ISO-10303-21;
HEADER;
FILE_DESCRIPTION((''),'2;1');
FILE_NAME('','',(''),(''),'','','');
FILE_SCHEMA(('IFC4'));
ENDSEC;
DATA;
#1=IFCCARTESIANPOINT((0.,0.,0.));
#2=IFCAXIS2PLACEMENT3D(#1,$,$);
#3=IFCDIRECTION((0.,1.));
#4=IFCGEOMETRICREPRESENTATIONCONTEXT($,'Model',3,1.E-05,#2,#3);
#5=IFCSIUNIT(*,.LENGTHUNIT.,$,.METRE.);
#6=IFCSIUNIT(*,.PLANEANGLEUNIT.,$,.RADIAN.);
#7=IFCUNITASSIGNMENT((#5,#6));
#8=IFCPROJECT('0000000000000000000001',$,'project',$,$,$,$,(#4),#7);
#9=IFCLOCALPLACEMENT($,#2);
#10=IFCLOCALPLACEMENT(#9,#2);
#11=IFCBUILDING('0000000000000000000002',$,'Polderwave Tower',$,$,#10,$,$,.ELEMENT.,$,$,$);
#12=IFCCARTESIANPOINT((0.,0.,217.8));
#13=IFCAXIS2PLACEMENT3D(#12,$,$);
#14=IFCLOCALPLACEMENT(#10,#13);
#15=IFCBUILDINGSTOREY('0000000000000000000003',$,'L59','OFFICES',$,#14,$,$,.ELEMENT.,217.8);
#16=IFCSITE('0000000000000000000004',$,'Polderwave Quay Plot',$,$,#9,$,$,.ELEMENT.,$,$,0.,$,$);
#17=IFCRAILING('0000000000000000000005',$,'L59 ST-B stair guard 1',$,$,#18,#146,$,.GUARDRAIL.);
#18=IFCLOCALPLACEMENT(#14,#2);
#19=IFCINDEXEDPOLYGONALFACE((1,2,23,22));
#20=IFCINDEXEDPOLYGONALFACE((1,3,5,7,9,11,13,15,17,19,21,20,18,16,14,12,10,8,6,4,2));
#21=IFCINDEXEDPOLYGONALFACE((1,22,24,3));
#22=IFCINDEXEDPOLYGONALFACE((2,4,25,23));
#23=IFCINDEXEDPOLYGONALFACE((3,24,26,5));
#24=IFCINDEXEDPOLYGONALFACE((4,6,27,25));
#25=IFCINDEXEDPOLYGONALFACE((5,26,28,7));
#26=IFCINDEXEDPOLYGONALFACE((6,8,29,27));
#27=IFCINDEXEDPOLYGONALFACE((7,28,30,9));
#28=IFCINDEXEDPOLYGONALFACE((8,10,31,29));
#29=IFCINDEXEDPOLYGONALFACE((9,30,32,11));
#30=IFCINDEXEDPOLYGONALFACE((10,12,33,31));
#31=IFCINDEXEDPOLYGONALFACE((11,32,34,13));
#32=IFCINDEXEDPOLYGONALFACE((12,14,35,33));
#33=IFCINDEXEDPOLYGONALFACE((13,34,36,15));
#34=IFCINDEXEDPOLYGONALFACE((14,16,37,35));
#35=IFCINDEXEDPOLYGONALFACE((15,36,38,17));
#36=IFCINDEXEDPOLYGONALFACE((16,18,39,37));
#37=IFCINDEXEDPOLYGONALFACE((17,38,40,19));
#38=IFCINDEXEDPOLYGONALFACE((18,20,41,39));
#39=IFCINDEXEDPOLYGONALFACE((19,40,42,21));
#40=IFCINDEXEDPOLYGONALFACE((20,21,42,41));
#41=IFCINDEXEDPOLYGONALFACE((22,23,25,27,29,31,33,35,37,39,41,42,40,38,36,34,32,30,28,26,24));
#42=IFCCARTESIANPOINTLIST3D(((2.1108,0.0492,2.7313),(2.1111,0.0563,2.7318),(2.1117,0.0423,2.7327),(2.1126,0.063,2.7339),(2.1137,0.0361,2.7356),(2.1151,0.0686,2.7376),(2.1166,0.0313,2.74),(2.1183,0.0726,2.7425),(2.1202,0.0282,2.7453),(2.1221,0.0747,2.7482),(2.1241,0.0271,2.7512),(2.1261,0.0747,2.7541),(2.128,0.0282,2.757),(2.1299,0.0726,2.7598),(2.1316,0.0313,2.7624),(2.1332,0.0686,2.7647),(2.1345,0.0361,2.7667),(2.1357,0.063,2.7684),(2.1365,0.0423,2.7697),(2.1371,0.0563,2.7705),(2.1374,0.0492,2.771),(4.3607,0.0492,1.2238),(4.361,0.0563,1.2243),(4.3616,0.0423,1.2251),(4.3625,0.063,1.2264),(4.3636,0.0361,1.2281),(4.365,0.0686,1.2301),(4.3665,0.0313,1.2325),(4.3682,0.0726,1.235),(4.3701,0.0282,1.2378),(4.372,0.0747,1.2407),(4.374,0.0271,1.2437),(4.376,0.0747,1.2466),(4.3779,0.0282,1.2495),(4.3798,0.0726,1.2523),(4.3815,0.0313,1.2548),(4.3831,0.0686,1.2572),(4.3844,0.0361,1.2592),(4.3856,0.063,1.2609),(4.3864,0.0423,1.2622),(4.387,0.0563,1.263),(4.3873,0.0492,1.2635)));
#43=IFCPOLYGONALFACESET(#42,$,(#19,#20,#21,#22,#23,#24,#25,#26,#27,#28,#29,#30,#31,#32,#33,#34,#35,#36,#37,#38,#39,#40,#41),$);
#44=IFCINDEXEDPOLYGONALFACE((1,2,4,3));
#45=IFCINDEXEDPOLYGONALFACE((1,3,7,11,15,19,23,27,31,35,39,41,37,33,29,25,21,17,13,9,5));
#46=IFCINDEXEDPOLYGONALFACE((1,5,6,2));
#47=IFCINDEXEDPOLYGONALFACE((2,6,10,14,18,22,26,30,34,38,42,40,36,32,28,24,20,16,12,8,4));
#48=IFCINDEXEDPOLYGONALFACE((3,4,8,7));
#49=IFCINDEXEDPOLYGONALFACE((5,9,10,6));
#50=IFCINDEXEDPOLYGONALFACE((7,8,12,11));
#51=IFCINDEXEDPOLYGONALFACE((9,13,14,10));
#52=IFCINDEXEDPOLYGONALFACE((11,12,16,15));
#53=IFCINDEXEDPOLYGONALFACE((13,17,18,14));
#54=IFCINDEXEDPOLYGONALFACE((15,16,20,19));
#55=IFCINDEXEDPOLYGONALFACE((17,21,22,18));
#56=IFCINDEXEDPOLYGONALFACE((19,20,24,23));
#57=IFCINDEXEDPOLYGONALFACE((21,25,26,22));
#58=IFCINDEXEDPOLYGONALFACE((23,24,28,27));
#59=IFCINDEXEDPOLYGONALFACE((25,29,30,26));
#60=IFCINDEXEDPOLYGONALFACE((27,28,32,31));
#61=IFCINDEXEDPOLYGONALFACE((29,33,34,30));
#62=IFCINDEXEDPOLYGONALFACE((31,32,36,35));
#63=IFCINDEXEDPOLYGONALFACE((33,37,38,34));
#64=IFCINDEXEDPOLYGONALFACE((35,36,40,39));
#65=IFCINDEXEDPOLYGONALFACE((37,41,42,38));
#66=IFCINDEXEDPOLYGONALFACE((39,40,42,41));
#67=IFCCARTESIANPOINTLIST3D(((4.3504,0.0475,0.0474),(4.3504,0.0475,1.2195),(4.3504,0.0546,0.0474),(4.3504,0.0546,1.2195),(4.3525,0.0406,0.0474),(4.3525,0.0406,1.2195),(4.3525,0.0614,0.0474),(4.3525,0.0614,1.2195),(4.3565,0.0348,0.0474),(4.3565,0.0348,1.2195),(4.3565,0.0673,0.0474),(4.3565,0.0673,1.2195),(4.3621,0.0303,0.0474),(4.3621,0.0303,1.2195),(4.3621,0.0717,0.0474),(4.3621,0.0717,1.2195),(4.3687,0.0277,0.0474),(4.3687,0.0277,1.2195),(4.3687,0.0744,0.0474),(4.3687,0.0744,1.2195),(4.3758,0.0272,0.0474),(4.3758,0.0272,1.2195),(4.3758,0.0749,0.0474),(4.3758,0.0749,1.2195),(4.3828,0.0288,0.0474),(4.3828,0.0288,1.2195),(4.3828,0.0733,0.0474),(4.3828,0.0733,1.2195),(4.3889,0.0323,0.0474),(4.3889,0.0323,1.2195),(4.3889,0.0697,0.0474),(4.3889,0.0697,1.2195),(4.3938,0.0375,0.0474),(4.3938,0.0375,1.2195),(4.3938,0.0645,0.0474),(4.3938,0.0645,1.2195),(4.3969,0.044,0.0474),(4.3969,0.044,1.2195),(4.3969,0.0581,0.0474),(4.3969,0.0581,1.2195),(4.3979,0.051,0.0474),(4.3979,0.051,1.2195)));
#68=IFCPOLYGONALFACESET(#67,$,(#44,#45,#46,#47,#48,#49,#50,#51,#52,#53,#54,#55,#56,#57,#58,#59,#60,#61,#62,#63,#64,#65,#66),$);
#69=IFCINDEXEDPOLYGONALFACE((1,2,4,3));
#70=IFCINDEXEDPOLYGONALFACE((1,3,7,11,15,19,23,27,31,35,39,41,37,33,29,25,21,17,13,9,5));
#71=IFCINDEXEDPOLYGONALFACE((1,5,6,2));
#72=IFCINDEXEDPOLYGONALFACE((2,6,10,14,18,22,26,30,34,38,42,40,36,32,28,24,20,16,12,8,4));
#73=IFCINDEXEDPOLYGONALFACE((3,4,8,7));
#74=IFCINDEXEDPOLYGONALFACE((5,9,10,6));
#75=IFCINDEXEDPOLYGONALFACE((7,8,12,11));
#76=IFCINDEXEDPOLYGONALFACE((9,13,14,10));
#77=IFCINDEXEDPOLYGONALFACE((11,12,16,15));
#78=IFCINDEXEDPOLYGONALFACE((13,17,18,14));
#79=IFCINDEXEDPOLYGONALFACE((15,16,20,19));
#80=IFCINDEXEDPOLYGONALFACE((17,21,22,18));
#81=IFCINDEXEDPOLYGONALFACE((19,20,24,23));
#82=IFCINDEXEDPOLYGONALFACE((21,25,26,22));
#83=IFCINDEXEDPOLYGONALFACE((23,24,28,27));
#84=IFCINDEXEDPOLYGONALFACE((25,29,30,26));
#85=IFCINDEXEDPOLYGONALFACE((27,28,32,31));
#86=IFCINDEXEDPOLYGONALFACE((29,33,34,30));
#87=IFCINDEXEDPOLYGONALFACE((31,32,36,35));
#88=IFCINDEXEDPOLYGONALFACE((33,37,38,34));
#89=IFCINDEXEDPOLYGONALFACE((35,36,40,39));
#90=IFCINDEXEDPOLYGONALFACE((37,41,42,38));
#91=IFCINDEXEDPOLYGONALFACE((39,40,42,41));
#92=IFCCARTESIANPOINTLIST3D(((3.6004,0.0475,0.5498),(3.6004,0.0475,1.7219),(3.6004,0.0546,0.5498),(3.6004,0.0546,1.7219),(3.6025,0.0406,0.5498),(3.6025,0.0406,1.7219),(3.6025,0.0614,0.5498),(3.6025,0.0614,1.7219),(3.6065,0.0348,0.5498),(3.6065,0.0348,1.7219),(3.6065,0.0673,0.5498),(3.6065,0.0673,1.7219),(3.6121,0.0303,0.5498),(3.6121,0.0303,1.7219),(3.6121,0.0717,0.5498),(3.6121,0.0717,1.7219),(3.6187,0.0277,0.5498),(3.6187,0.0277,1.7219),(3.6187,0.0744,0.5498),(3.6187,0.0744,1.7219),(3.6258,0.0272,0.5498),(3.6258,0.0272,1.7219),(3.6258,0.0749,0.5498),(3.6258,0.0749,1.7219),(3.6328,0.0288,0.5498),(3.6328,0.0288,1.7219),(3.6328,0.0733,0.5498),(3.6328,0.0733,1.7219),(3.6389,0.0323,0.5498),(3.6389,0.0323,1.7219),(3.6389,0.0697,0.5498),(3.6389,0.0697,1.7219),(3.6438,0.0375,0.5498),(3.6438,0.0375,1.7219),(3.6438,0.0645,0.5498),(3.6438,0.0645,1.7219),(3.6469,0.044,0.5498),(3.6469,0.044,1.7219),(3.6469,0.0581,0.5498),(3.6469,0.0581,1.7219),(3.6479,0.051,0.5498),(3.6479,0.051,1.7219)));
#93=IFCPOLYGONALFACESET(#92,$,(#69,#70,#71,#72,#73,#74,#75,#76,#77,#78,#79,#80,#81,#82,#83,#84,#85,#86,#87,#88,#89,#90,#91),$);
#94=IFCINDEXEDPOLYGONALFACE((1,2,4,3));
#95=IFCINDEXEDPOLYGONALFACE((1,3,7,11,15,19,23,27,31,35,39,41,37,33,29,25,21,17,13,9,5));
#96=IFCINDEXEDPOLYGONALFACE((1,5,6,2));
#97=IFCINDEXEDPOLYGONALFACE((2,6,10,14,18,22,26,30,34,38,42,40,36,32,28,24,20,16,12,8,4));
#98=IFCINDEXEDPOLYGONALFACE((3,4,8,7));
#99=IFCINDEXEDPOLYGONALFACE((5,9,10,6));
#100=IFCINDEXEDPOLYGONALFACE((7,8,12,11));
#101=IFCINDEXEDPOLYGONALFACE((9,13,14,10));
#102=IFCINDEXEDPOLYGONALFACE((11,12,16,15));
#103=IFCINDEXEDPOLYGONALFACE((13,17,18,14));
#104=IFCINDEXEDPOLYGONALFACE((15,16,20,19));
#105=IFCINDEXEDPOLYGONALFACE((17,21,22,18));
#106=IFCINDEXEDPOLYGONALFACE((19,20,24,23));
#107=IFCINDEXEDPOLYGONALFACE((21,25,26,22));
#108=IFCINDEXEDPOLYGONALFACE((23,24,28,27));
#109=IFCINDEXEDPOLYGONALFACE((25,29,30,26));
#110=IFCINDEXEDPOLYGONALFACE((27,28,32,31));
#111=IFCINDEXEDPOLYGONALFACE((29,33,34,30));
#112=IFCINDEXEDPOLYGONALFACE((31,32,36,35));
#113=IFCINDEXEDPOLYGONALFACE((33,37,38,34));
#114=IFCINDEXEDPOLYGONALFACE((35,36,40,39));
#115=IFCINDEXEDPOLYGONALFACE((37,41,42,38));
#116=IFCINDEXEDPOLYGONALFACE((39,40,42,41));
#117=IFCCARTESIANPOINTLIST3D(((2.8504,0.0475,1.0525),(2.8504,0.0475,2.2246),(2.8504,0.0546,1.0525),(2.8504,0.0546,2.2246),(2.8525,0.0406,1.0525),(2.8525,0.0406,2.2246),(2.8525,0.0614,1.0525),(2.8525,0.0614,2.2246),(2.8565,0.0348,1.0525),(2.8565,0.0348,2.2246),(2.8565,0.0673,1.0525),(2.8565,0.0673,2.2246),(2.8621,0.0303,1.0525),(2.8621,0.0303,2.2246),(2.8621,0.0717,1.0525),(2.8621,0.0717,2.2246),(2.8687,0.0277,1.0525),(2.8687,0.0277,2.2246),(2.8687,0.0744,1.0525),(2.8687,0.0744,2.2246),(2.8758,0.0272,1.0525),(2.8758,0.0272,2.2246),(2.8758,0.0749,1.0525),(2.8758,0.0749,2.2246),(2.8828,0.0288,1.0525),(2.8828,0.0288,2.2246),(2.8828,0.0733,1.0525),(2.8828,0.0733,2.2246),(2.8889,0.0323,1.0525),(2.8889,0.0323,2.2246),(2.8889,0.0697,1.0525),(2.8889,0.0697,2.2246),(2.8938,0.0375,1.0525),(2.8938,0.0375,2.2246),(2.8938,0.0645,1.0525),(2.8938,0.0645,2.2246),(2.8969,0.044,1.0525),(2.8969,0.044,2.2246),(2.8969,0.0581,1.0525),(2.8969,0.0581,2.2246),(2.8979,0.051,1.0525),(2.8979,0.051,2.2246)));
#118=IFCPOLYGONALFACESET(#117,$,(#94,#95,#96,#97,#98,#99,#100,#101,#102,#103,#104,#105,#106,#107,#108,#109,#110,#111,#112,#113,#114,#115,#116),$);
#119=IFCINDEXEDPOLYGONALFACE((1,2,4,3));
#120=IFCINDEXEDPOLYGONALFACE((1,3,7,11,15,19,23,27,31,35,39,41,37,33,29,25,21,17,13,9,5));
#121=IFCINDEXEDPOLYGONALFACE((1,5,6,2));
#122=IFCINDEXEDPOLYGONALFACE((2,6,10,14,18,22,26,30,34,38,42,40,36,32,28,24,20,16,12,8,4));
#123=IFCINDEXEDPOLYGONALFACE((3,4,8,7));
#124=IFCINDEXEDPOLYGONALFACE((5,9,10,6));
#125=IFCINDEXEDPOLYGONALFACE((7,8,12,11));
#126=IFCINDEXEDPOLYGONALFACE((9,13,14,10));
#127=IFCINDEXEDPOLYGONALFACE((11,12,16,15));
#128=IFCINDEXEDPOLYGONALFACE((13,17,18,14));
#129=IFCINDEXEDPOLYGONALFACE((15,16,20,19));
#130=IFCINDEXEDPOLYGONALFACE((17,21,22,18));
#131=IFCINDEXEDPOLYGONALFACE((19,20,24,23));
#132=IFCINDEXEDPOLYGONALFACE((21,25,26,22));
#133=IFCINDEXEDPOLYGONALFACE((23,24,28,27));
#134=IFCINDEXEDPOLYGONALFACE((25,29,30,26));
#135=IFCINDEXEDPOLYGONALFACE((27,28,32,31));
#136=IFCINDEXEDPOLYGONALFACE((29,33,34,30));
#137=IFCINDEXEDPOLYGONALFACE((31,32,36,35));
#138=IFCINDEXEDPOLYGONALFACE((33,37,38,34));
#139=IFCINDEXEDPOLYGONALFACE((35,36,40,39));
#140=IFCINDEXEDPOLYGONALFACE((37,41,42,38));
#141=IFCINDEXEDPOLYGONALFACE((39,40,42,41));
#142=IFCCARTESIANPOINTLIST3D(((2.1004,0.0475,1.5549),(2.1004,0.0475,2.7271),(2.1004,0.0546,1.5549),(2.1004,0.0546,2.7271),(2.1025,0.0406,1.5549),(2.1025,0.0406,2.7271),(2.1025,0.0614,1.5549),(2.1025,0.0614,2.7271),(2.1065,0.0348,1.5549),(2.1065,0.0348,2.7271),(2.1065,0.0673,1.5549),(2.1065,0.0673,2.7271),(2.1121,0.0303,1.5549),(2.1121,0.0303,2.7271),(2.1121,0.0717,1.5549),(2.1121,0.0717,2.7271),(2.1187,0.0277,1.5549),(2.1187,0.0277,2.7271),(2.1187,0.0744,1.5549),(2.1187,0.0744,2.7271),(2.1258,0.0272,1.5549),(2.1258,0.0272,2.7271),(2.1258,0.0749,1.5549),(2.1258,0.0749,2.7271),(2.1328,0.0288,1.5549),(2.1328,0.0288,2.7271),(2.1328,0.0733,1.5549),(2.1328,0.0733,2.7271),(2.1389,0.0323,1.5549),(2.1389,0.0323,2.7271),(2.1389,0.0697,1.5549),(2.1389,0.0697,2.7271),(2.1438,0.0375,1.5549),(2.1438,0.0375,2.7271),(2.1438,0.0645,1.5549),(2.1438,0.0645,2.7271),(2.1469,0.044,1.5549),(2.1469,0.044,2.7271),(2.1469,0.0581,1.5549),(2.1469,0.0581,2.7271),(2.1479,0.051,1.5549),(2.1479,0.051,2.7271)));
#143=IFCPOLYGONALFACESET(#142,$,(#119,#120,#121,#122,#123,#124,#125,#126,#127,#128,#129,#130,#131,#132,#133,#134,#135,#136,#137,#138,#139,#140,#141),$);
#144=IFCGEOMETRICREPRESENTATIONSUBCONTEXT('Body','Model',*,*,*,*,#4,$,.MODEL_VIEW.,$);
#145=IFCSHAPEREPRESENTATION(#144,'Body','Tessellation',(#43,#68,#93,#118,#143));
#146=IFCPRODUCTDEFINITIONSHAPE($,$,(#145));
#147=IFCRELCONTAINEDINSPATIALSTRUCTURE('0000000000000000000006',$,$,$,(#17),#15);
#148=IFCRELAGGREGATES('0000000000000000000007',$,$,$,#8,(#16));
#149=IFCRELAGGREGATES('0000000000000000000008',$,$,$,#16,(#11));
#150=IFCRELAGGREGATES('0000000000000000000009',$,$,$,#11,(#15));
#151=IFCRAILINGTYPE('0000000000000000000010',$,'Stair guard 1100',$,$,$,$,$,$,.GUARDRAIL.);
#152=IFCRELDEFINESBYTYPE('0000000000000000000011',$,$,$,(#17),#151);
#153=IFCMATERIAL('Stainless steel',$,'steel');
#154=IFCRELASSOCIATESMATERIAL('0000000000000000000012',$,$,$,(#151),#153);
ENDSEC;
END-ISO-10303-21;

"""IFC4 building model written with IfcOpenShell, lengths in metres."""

from ifc_helpers import new_model, si_unit, direction, frame, origin, origin_2d, place, context, subcontext, project, spatial, circle, extrude, material, type_object, element, save


model = new_model("IFC4")

# Units and contexts
model_context = context("Model", 3, precision=1e-05, world=origin(), true_north=direction((0.0, 1.0)))
body_context = subcontext(model_context, "Body", "Model", "MODEL_VIEW")
ifc_project = project(units=[si_unit("LENGTHUNIT", "METRE"), si_unit("PLANEANGLEUNIT", "RADIAN")], contexts=[model_context])

# Site, building, storey
site_placement = place(None, origin())
site = spatial("IfcSite", under=ifc_project, at=site_placement, Name="Polderwave Quay Plot", CompositionType="ELEMENT", RefElevation=0.0)
building_placement = place(site_placement, origin())
building = spatial("IfcBuilding", under=site, at=building_placement, Name="Polderwave Tower", CompositionType="ELEMENT")
storey_placement = place(building_placement, frame((0.0, 0.0, 217.8)))
storey = spatial("IfcBuildingStorey", under=building, at=storey_placement, Name="L59", Description="OFFICES", CompositionType="ELEMENT", Elevation=217.8)

# Railing
ifc_material_1 = material(Name="Stainless steel", Category="steel")
railing_type_1 = type_object("IfcRailingType", Name="Stair guard 1100", PredefinedType="GUARDRAIL", material=ifc_material_1)
railing_1_placement = place(storey_placement, frame((4.374, 0.051, 0.0474)))
element("IfcRailing", 1, at=railing_1_placement, inside=storey, type_object=railing_type_1, Name="L59 ST-B stair guard 1", PredefinedType="GUARDRAIL", context=body_context, shape_type="SweptSolid", body=[
    extrude(circle(Radius=0.0239, at=origin_2d()), frame((0.0, 0.0, 1.1963), z_axis=(-0.830758, 0.0, 0.556633), x_axis=(0.0, -1.0, 0.0)), (0.0, 0.0, 1.0), 2.7083),
    extrude(circle(Radius=0.0239, at=origin_2d()), origin(), (0.0, 0.0, 1.0), 1.1721),
    extrude(circle(Radius=0.0239, at=origin_2d()), frame((-0.75, 0.0, 0.5024)), (0.0, 0.0, 1.0), 1.1721),
    extrude(circle(Radius=0.0239, at=origin_2d()), frame((-1.5, 0.0, 1.0051)), (0.0, 0.0, 1.0), 1.1721),
    extrude(circle(Radius=0.0239, at=origin_2d()), frame((-2.25, 0.0, 1.5076)), (0.0, 0.0, 1.0), 1.1721),
])

save(model, "model.ifc")
